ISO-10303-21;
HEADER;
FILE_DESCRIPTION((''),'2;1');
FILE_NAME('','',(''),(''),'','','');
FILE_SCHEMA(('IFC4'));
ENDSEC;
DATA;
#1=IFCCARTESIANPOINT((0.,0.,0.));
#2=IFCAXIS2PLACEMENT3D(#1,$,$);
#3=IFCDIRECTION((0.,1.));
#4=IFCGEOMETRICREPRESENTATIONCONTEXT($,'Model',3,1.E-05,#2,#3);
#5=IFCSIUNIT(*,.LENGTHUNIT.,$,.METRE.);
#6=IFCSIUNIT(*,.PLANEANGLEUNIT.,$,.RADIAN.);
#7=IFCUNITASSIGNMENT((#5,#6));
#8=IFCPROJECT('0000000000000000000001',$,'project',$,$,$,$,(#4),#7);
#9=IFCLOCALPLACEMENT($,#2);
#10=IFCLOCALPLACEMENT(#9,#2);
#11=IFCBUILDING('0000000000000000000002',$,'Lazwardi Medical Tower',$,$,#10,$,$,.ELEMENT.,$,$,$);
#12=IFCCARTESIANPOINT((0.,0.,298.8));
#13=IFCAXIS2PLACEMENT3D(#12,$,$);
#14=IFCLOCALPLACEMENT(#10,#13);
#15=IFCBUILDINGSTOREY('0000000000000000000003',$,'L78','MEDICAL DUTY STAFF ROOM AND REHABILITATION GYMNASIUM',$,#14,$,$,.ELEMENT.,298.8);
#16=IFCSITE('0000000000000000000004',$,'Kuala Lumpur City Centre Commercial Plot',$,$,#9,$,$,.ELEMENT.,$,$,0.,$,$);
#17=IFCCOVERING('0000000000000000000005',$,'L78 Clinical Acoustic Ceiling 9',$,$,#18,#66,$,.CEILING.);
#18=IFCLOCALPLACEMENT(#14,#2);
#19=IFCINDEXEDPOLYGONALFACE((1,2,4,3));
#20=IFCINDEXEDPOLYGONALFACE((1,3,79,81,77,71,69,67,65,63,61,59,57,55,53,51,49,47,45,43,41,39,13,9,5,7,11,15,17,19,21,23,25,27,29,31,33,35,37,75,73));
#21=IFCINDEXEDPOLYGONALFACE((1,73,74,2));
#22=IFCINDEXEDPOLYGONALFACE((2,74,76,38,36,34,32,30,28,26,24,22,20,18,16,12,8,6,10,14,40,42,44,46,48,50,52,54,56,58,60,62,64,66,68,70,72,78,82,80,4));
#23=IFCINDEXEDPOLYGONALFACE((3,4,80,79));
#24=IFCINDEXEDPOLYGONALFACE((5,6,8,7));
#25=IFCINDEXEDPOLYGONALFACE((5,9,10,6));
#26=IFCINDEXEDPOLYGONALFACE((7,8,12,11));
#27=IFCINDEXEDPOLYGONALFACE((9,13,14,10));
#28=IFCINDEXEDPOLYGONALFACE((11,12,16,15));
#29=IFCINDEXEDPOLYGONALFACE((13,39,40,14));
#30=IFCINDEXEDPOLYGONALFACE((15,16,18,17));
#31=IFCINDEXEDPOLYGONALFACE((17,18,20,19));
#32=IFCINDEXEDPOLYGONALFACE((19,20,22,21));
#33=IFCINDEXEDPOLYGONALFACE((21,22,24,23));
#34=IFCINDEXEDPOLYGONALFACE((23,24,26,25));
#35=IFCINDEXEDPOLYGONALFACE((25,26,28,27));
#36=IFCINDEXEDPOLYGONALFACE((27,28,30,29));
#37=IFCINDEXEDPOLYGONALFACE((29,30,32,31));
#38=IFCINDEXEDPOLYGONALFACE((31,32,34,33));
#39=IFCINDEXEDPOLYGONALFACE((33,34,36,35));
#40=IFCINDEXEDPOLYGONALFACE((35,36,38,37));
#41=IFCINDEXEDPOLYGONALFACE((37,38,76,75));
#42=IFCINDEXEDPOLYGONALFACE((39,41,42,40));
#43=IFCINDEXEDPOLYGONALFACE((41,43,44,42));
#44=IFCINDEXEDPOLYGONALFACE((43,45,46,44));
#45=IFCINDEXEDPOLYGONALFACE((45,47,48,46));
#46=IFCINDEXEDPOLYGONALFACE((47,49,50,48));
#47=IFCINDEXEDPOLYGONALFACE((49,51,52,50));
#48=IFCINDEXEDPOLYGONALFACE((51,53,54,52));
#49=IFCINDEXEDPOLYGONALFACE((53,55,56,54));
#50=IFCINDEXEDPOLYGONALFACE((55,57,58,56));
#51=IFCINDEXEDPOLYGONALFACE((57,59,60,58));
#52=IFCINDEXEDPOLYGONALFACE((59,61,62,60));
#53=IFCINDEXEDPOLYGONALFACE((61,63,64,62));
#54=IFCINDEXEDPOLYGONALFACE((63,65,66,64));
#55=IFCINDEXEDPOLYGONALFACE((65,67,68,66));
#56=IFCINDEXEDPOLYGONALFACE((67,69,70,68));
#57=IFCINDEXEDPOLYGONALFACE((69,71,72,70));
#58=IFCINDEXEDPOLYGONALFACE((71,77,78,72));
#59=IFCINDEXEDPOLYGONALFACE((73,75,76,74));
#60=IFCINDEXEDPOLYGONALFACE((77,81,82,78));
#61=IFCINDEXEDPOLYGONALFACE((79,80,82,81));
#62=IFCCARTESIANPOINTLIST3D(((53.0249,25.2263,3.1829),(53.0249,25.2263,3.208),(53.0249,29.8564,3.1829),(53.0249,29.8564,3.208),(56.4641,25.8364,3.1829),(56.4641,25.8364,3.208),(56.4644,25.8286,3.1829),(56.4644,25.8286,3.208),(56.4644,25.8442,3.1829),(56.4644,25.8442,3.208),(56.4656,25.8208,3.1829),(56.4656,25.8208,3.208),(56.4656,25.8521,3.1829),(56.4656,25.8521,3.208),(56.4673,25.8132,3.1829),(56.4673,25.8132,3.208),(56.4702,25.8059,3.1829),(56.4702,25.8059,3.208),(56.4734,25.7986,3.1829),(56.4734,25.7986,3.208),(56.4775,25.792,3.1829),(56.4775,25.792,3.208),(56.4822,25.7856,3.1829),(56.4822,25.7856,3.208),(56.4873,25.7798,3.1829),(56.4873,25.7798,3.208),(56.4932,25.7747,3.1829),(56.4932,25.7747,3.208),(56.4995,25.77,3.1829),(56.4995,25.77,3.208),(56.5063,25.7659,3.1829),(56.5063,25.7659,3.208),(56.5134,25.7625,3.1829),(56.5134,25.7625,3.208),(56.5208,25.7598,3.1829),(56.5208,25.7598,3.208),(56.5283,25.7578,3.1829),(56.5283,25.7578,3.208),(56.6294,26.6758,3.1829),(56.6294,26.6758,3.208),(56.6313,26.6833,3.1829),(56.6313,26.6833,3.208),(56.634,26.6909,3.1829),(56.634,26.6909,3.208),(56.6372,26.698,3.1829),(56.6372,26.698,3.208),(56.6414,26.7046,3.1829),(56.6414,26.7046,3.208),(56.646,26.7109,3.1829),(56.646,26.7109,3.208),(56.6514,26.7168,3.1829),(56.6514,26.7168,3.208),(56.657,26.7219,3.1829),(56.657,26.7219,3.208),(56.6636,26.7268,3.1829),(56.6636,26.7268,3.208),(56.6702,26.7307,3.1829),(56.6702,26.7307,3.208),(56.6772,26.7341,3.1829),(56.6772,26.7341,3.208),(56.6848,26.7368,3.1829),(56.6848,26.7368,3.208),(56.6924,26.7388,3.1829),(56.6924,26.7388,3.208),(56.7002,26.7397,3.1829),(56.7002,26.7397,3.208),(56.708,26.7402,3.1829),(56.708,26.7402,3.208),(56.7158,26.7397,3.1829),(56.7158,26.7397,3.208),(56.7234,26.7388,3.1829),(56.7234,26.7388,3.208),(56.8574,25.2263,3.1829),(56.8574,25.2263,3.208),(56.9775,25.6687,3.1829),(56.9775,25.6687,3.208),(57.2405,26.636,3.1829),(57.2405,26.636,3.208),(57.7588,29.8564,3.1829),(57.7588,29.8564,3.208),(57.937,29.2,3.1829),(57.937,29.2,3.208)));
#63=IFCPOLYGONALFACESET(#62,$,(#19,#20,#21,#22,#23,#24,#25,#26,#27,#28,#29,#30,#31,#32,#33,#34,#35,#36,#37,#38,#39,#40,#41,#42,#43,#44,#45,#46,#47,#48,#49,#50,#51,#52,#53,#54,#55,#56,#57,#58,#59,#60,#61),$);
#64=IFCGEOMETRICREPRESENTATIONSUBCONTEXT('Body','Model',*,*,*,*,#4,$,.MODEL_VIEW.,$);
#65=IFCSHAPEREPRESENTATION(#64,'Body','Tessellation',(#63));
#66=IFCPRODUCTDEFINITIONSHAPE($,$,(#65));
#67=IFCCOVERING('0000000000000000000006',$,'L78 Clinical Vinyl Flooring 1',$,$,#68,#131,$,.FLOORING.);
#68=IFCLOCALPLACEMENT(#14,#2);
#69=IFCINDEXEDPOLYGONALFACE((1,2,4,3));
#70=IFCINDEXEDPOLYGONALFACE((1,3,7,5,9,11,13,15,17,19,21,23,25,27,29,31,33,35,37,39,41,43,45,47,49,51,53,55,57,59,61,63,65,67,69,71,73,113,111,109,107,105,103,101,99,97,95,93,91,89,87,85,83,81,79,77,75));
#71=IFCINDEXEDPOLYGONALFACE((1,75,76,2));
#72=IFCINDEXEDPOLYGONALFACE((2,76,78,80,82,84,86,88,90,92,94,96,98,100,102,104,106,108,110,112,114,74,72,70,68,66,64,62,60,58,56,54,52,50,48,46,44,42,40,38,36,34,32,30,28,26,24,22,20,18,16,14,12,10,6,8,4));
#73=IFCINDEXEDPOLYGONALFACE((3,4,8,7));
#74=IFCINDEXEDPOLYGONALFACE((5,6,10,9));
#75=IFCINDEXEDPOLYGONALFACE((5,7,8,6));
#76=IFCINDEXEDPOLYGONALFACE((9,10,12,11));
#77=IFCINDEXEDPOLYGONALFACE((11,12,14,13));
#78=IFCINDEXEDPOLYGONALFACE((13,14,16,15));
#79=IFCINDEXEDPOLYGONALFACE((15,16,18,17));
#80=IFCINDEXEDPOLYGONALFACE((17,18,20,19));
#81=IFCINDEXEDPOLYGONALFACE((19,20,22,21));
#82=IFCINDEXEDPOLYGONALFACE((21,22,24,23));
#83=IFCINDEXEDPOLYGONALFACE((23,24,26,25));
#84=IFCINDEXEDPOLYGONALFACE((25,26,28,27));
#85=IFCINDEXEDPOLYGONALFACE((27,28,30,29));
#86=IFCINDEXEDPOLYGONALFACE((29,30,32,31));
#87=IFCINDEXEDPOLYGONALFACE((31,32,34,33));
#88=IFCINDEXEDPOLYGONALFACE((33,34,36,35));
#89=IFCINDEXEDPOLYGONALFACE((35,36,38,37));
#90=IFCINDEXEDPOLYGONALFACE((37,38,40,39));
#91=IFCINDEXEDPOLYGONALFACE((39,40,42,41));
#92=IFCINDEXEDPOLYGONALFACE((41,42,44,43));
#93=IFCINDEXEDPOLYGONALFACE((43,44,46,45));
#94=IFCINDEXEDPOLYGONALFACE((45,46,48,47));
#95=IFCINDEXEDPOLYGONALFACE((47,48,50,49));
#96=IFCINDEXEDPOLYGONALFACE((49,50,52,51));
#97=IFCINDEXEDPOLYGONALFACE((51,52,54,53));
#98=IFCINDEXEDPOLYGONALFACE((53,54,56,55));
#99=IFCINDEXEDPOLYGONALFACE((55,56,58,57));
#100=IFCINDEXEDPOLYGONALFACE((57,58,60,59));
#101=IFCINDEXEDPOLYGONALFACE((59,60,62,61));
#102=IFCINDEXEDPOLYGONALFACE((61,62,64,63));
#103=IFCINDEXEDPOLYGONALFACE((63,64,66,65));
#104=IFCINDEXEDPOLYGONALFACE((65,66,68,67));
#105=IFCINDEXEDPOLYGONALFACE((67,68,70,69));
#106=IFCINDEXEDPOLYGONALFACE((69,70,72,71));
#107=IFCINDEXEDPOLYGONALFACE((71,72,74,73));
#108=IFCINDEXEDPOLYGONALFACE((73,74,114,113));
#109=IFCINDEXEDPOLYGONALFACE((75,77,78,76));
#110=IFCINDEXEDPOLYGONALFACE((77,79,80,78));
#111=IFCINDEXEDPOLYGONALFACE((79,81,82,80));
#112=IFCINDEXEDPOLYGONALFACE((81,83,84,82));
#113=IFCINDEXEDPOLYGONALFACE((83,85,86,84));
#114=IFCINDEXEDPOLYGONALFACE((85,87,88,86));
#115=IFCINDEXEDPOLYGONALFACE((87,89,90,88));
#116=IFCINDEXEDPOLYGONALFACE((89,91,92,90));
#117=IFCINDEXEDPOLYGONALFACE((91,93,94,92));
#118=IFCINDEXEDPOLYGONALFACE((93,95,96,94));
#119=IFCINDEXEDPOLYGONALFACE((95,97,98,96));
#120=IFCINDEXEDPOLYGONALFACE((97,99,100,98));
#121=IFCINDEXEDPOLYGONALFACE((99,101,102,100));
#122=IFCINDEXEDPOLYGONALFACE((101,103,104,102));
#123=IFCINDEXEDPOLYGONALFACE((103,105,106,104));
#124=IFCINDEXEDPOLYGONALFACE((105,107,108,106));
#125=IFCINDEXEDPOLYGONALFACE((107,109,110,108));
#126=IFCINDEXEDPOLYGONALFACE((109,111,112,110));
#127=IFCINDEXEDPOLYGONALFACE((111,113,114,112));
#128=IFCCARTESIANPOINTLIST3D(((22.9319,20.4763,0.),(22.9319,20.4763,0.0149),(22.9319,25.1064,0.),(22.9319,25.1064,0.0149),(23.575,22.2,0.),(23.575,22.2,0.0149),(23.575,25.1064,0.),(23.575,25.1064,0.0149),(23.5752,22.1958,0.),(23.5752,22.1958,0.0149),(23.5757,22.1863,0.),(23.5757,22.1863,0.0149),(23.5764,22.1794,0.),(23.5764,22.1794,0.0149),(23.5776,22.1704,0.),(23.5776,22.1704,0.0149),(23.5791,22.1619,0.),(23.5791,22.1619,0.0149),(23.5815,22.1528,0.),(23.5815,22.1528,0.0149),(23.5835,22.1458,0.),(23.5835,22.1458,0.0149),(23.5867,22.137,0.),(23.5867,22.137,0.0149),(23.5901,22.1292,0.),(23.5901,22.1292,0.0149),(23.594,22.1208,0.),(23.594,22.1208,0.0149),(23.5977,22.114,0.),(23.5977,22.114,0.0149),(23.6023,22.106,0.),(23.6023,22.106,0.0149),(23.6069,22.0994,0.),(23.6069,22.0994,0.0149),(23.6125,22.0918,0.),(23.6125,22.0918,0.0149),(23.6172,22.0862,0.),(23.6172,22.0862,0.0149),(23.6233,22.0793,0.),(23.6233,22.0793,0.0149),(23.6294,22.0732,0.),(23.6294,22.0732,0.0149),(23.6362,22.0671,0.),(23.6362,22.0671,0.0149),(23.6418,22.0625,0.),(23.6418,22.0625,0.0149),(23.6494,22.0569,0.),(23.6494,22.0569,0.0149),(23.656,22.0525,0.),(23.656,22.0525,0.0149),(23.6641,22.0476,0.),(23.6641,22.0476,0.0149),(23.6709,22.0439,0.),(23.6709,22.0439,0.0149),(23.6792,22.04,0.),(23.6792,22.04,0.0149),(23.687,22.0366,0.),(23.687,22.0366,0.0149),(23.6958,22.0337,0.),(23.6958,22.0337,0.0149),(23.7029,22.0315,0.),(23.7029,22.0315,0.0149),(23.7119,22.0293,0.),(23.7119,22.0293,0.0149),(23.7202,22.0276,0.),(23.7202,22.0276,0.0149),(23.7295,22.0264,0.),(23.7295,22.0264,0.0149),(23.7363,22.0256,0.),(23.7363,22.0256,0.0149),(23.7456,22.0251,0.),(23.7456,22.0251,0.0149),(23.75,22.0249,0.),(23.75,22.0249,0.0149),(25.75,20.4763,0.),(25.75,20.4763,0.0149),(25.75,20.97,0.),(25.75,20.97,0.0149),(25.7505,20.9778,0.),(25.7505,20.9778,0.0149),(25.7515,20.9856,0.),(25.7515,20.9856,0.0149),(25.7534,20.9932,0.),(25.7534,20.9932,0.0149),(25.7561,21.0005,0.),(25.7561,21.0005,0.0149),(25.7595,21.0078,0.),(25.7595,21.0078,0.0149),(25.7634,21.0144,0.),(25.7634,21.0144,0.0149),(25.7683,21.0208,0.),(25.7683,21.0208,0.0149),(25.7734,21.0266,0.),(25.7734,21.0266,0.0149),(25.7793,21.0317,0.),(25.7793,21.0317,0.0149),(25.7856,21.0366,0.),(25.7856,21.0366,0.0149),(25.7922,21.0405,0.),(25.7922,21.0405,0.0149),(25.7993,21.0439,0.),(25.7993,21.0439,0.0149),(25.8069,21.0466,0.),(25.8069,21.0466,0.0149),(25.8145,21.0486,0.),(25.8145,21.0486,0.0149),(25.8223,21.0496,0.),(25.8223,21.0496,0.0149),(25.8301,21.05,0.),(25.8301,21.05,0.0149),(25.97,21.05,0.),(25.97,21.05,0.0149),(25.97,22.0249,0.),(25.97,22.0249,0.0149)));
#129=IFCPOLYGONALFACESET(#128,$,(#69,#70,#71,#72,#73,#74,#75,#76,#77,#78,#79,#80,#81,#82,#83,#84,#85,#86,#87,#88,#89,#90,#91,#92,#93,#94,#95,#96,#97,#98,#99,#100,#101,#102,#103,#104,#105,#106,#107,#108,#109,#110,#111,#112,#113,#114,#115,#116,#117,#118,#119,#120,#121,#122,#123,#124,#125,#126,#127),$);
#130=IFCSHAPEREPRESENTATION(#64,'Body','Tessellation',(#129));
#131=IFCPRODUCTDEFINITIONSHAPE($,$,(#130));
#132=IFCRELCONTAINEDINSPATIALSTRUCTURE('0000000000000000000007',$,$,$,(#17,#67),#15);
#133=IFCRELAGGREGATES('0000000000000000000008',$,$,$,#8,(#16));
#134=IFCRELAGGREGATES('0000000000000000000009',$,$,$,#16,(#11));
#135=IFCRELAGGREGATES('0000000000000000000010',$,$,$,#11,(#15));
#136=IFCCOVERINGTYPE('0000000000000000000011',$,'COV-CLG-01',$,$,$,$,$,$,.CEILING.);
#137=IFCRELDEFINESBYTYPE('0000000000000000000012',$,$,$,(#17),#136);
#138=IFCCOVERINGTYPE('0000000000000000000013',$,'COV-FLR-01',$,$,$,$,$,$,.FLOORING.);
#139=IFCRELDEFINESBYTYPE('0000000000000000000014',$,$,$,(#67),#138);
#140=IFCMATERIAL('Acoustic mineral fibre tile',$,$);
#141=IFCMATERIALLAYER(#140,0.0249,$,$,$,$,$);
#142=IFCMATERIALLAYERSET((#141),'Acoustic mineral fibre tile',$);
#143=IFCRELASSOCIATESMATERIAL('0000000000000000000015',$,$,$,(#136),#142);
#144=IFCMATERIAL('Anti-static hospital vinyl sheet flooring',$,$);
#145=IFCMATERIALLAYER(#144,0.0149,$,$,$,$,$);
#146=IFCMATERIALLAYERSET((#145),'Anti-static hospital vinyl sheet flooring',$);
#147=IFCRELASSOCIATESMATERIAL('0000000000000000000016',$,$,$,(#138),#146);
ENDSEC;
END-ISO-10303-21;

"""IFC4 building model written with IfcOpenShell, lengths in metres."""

from ifc_helpers import new_model, si_unit, direction, frame, origin, place, context, subcontext, project, spatial, polyline, outline, extrude, material, layer, layer_set, type_object, element, save


model = new_model("IFC4")

# Units and contexts
model_context = context("Model", 3, precision=1e-05, world=origin(), true_north=direction((0.0, 1.0)))
body_context = subcontext(model_context, "Body", "Model", "MODEL_VIEW")
ifc_project = project(units=[si_unit("LENGTHUNIT", "METRE"), si_unit("PLANEANGLEUNIT", "RADIAN")], contexts=[model_context])

# Site, building, storey
site_placement = place(None, origin())
site = spatial("IfcSite", under=ifc_project, at=site_placement, Name="Kuala Lumpur City Centre Commercial Plot", CompositionType="ELEMENT", RefElevation=0.0)
building_placement = place(site_placement, origin())
building = spatial("IfcBuilding", under=site, at=building_placement, Name="Lazwardi Medical Tower", CompositionType="ELEMENT")
storey_placement = place(building_placement, frame((0.0, 0.0, 298.8)))
storey = spatial("IfcBuildingStorey", under=building, at=storey_placement, Name="L78", Description="MEDICAL DUTY STAFF ROOM AND REHABILITATION GYMNASIUM", CompositionType="ELEMENT", Elevation=298.8)

# Coverings
ifc_material_1 = material(Name="Acoustic mineral fibre tile")
ifc_layer_1 = layer(ifc_material_1, 0.0249)
ifc_layer_set_1 = layer_set([ifc_layer_1], Name="Acoustic mineral fibre tile")
covering_type_1 = type_object("IfcCoveringType", Name="COV-CLG-01", PredefinedType="CEILING", material=ifc_layer_set_1)
covering_1_placement = place(storey_placement, frame((0.0, 0.0, 3.1829)))
element("IfcCovering", 1, at=covering_1_placement, inside=storey, type_object=covering_type_1, Name="L78 Clinical Acoustic Ceiling 9", PredefinedType="CEILING", context=body_context, shape_type="SweptSolid", body=[
    extrude(outline(polyline([(53.0249, 29.8564), (53.0249, 25.2263), (56.8574, 25.2263), (56.9775, 25.6687), (56.5283, 25.7578), (56.5208, 25.7598), (56.5134, 25.7625), (56.5063, 25.7659), (56.4995, 25.77), (56.4932, 25.7747), (56.4873, 25.7798), (56.4822, 25.7856), (56.4775, 25.792), (56.4734, 25.7986), (56.4702, 25.8059), (56.4673, 25.8132), (56.4656, 25.8208), (56.4644, 25.8286), (56.4641, 25.8364), (56.4644, 25.8442), (56.4656, 25.8521), (56.6294, 26.6758), (56.6313, 26.6833), (56.634, 26.6909), (56.6372, 26.698), (56.6414, 26.7046), (56.646, 26.7109), (56.6514, 26.7168), (56.657, 26.7219), (56.6636, 26.7268), (56.6702, 26.7307), (56.6772, 26.7341), (56.6848, 26.7368), (56.6924, 26.7388), (56.7002, 26.7397), (56.708, 26.7402), (56.7158, 26.7397), (56.7234, 26.7388), (57.2405, 26.636), (57.937, 29.2), (57.7588, 29.8564), (53.0249, 29.8564)])), origin(), (0.0, 0.0, 1.0), 0.0251),
])
ifc_material_2 = material(Name="Anti-static hospital vinyl sheet flooring")
ifc_layer_2 = layer(ifc_material_2, 0.0149)
ifc_layer_set_2 = layer_set([ifc_layer_2], Name="Anti-static hospital vinyl sheet flooring")
covering_type_2 = type_object("IfcCoveringType", Name="COV-FLR-01", PredefinedType="FLOORING", material=ifc_layer_set_2)
covering_2_placement = place(storey_placement, origin())
element("IfcCovering", 2, at=covering_2_placement, inside=storey, type_object=covering_type_2, Name="L78 Clinical Vinyl Flooring 1", PredefinedType="FLOORING", context=body_context, shape_type="SweptSolid", body=[
    extrude(outline(polyline([(25.75, 20.4763), (25.75, 20.97), (25.7505, 20.9778), (25.7515, 20.9856), (25.7534, 20.9932), (25.7561, 21.0005), (25.7595, 21.0078), (25.7634, 21.0144), (25.7683, 21.0208), (25.7734, 21.0266), (25.7793, 21.0317), (25.7856, 21.0366), (25.7922, 21.0405), (25.7993, 21.0439), (25.8069, 21.0466), (25.8145, 21.0486), (25.8223, 21.0496), (25.8301, 21.05), (25.97, 21.05), (25.97, 22.0249), (23.75, 22.0249), (23.7456, 22.0251), (23.7363, 22.0256), (23.7295, 22.0264), (23.7202, 22.0276), (23.7119, 22.0293), (23.7029, 22.0315), (23.6958, 22.0337), (23.687, 22.0366), (23.6792, 22.04), (23.6709, 22.0439), (23.6641, 22.0476), (23.656, 22.0525), (23.6494, 22.0569), (23.6418, 22.0625), (23.6362, 22.0671), (23.6294, 22.0732), (23.6233, 22.0793), (23.6172, 22.0862), (23.6125, 22.0918), (23.6069, 22.0994), (23.6023, 22.106), (23.5977, 22.114), (23.594, 22.1208), (23.5901, 22.1292), (23.5867, 22.137), (23.5835, 22.1458), (23.5815, 22.1528), (23.5791, 22.1619), (23.5776, 22.1704), (23.5764, 22.1794), (23.5757, 22.1863), (23.5752, 22.1958), (23.575, 22.2), (23.575, 25.1064), (22.9319, 25.1064), (22.9319, 20.4763), (25.75, 20.4763)])), origin(), (0.0, 0.0, 1.0), 0.0149),
])

save(model, "model.ifc")
